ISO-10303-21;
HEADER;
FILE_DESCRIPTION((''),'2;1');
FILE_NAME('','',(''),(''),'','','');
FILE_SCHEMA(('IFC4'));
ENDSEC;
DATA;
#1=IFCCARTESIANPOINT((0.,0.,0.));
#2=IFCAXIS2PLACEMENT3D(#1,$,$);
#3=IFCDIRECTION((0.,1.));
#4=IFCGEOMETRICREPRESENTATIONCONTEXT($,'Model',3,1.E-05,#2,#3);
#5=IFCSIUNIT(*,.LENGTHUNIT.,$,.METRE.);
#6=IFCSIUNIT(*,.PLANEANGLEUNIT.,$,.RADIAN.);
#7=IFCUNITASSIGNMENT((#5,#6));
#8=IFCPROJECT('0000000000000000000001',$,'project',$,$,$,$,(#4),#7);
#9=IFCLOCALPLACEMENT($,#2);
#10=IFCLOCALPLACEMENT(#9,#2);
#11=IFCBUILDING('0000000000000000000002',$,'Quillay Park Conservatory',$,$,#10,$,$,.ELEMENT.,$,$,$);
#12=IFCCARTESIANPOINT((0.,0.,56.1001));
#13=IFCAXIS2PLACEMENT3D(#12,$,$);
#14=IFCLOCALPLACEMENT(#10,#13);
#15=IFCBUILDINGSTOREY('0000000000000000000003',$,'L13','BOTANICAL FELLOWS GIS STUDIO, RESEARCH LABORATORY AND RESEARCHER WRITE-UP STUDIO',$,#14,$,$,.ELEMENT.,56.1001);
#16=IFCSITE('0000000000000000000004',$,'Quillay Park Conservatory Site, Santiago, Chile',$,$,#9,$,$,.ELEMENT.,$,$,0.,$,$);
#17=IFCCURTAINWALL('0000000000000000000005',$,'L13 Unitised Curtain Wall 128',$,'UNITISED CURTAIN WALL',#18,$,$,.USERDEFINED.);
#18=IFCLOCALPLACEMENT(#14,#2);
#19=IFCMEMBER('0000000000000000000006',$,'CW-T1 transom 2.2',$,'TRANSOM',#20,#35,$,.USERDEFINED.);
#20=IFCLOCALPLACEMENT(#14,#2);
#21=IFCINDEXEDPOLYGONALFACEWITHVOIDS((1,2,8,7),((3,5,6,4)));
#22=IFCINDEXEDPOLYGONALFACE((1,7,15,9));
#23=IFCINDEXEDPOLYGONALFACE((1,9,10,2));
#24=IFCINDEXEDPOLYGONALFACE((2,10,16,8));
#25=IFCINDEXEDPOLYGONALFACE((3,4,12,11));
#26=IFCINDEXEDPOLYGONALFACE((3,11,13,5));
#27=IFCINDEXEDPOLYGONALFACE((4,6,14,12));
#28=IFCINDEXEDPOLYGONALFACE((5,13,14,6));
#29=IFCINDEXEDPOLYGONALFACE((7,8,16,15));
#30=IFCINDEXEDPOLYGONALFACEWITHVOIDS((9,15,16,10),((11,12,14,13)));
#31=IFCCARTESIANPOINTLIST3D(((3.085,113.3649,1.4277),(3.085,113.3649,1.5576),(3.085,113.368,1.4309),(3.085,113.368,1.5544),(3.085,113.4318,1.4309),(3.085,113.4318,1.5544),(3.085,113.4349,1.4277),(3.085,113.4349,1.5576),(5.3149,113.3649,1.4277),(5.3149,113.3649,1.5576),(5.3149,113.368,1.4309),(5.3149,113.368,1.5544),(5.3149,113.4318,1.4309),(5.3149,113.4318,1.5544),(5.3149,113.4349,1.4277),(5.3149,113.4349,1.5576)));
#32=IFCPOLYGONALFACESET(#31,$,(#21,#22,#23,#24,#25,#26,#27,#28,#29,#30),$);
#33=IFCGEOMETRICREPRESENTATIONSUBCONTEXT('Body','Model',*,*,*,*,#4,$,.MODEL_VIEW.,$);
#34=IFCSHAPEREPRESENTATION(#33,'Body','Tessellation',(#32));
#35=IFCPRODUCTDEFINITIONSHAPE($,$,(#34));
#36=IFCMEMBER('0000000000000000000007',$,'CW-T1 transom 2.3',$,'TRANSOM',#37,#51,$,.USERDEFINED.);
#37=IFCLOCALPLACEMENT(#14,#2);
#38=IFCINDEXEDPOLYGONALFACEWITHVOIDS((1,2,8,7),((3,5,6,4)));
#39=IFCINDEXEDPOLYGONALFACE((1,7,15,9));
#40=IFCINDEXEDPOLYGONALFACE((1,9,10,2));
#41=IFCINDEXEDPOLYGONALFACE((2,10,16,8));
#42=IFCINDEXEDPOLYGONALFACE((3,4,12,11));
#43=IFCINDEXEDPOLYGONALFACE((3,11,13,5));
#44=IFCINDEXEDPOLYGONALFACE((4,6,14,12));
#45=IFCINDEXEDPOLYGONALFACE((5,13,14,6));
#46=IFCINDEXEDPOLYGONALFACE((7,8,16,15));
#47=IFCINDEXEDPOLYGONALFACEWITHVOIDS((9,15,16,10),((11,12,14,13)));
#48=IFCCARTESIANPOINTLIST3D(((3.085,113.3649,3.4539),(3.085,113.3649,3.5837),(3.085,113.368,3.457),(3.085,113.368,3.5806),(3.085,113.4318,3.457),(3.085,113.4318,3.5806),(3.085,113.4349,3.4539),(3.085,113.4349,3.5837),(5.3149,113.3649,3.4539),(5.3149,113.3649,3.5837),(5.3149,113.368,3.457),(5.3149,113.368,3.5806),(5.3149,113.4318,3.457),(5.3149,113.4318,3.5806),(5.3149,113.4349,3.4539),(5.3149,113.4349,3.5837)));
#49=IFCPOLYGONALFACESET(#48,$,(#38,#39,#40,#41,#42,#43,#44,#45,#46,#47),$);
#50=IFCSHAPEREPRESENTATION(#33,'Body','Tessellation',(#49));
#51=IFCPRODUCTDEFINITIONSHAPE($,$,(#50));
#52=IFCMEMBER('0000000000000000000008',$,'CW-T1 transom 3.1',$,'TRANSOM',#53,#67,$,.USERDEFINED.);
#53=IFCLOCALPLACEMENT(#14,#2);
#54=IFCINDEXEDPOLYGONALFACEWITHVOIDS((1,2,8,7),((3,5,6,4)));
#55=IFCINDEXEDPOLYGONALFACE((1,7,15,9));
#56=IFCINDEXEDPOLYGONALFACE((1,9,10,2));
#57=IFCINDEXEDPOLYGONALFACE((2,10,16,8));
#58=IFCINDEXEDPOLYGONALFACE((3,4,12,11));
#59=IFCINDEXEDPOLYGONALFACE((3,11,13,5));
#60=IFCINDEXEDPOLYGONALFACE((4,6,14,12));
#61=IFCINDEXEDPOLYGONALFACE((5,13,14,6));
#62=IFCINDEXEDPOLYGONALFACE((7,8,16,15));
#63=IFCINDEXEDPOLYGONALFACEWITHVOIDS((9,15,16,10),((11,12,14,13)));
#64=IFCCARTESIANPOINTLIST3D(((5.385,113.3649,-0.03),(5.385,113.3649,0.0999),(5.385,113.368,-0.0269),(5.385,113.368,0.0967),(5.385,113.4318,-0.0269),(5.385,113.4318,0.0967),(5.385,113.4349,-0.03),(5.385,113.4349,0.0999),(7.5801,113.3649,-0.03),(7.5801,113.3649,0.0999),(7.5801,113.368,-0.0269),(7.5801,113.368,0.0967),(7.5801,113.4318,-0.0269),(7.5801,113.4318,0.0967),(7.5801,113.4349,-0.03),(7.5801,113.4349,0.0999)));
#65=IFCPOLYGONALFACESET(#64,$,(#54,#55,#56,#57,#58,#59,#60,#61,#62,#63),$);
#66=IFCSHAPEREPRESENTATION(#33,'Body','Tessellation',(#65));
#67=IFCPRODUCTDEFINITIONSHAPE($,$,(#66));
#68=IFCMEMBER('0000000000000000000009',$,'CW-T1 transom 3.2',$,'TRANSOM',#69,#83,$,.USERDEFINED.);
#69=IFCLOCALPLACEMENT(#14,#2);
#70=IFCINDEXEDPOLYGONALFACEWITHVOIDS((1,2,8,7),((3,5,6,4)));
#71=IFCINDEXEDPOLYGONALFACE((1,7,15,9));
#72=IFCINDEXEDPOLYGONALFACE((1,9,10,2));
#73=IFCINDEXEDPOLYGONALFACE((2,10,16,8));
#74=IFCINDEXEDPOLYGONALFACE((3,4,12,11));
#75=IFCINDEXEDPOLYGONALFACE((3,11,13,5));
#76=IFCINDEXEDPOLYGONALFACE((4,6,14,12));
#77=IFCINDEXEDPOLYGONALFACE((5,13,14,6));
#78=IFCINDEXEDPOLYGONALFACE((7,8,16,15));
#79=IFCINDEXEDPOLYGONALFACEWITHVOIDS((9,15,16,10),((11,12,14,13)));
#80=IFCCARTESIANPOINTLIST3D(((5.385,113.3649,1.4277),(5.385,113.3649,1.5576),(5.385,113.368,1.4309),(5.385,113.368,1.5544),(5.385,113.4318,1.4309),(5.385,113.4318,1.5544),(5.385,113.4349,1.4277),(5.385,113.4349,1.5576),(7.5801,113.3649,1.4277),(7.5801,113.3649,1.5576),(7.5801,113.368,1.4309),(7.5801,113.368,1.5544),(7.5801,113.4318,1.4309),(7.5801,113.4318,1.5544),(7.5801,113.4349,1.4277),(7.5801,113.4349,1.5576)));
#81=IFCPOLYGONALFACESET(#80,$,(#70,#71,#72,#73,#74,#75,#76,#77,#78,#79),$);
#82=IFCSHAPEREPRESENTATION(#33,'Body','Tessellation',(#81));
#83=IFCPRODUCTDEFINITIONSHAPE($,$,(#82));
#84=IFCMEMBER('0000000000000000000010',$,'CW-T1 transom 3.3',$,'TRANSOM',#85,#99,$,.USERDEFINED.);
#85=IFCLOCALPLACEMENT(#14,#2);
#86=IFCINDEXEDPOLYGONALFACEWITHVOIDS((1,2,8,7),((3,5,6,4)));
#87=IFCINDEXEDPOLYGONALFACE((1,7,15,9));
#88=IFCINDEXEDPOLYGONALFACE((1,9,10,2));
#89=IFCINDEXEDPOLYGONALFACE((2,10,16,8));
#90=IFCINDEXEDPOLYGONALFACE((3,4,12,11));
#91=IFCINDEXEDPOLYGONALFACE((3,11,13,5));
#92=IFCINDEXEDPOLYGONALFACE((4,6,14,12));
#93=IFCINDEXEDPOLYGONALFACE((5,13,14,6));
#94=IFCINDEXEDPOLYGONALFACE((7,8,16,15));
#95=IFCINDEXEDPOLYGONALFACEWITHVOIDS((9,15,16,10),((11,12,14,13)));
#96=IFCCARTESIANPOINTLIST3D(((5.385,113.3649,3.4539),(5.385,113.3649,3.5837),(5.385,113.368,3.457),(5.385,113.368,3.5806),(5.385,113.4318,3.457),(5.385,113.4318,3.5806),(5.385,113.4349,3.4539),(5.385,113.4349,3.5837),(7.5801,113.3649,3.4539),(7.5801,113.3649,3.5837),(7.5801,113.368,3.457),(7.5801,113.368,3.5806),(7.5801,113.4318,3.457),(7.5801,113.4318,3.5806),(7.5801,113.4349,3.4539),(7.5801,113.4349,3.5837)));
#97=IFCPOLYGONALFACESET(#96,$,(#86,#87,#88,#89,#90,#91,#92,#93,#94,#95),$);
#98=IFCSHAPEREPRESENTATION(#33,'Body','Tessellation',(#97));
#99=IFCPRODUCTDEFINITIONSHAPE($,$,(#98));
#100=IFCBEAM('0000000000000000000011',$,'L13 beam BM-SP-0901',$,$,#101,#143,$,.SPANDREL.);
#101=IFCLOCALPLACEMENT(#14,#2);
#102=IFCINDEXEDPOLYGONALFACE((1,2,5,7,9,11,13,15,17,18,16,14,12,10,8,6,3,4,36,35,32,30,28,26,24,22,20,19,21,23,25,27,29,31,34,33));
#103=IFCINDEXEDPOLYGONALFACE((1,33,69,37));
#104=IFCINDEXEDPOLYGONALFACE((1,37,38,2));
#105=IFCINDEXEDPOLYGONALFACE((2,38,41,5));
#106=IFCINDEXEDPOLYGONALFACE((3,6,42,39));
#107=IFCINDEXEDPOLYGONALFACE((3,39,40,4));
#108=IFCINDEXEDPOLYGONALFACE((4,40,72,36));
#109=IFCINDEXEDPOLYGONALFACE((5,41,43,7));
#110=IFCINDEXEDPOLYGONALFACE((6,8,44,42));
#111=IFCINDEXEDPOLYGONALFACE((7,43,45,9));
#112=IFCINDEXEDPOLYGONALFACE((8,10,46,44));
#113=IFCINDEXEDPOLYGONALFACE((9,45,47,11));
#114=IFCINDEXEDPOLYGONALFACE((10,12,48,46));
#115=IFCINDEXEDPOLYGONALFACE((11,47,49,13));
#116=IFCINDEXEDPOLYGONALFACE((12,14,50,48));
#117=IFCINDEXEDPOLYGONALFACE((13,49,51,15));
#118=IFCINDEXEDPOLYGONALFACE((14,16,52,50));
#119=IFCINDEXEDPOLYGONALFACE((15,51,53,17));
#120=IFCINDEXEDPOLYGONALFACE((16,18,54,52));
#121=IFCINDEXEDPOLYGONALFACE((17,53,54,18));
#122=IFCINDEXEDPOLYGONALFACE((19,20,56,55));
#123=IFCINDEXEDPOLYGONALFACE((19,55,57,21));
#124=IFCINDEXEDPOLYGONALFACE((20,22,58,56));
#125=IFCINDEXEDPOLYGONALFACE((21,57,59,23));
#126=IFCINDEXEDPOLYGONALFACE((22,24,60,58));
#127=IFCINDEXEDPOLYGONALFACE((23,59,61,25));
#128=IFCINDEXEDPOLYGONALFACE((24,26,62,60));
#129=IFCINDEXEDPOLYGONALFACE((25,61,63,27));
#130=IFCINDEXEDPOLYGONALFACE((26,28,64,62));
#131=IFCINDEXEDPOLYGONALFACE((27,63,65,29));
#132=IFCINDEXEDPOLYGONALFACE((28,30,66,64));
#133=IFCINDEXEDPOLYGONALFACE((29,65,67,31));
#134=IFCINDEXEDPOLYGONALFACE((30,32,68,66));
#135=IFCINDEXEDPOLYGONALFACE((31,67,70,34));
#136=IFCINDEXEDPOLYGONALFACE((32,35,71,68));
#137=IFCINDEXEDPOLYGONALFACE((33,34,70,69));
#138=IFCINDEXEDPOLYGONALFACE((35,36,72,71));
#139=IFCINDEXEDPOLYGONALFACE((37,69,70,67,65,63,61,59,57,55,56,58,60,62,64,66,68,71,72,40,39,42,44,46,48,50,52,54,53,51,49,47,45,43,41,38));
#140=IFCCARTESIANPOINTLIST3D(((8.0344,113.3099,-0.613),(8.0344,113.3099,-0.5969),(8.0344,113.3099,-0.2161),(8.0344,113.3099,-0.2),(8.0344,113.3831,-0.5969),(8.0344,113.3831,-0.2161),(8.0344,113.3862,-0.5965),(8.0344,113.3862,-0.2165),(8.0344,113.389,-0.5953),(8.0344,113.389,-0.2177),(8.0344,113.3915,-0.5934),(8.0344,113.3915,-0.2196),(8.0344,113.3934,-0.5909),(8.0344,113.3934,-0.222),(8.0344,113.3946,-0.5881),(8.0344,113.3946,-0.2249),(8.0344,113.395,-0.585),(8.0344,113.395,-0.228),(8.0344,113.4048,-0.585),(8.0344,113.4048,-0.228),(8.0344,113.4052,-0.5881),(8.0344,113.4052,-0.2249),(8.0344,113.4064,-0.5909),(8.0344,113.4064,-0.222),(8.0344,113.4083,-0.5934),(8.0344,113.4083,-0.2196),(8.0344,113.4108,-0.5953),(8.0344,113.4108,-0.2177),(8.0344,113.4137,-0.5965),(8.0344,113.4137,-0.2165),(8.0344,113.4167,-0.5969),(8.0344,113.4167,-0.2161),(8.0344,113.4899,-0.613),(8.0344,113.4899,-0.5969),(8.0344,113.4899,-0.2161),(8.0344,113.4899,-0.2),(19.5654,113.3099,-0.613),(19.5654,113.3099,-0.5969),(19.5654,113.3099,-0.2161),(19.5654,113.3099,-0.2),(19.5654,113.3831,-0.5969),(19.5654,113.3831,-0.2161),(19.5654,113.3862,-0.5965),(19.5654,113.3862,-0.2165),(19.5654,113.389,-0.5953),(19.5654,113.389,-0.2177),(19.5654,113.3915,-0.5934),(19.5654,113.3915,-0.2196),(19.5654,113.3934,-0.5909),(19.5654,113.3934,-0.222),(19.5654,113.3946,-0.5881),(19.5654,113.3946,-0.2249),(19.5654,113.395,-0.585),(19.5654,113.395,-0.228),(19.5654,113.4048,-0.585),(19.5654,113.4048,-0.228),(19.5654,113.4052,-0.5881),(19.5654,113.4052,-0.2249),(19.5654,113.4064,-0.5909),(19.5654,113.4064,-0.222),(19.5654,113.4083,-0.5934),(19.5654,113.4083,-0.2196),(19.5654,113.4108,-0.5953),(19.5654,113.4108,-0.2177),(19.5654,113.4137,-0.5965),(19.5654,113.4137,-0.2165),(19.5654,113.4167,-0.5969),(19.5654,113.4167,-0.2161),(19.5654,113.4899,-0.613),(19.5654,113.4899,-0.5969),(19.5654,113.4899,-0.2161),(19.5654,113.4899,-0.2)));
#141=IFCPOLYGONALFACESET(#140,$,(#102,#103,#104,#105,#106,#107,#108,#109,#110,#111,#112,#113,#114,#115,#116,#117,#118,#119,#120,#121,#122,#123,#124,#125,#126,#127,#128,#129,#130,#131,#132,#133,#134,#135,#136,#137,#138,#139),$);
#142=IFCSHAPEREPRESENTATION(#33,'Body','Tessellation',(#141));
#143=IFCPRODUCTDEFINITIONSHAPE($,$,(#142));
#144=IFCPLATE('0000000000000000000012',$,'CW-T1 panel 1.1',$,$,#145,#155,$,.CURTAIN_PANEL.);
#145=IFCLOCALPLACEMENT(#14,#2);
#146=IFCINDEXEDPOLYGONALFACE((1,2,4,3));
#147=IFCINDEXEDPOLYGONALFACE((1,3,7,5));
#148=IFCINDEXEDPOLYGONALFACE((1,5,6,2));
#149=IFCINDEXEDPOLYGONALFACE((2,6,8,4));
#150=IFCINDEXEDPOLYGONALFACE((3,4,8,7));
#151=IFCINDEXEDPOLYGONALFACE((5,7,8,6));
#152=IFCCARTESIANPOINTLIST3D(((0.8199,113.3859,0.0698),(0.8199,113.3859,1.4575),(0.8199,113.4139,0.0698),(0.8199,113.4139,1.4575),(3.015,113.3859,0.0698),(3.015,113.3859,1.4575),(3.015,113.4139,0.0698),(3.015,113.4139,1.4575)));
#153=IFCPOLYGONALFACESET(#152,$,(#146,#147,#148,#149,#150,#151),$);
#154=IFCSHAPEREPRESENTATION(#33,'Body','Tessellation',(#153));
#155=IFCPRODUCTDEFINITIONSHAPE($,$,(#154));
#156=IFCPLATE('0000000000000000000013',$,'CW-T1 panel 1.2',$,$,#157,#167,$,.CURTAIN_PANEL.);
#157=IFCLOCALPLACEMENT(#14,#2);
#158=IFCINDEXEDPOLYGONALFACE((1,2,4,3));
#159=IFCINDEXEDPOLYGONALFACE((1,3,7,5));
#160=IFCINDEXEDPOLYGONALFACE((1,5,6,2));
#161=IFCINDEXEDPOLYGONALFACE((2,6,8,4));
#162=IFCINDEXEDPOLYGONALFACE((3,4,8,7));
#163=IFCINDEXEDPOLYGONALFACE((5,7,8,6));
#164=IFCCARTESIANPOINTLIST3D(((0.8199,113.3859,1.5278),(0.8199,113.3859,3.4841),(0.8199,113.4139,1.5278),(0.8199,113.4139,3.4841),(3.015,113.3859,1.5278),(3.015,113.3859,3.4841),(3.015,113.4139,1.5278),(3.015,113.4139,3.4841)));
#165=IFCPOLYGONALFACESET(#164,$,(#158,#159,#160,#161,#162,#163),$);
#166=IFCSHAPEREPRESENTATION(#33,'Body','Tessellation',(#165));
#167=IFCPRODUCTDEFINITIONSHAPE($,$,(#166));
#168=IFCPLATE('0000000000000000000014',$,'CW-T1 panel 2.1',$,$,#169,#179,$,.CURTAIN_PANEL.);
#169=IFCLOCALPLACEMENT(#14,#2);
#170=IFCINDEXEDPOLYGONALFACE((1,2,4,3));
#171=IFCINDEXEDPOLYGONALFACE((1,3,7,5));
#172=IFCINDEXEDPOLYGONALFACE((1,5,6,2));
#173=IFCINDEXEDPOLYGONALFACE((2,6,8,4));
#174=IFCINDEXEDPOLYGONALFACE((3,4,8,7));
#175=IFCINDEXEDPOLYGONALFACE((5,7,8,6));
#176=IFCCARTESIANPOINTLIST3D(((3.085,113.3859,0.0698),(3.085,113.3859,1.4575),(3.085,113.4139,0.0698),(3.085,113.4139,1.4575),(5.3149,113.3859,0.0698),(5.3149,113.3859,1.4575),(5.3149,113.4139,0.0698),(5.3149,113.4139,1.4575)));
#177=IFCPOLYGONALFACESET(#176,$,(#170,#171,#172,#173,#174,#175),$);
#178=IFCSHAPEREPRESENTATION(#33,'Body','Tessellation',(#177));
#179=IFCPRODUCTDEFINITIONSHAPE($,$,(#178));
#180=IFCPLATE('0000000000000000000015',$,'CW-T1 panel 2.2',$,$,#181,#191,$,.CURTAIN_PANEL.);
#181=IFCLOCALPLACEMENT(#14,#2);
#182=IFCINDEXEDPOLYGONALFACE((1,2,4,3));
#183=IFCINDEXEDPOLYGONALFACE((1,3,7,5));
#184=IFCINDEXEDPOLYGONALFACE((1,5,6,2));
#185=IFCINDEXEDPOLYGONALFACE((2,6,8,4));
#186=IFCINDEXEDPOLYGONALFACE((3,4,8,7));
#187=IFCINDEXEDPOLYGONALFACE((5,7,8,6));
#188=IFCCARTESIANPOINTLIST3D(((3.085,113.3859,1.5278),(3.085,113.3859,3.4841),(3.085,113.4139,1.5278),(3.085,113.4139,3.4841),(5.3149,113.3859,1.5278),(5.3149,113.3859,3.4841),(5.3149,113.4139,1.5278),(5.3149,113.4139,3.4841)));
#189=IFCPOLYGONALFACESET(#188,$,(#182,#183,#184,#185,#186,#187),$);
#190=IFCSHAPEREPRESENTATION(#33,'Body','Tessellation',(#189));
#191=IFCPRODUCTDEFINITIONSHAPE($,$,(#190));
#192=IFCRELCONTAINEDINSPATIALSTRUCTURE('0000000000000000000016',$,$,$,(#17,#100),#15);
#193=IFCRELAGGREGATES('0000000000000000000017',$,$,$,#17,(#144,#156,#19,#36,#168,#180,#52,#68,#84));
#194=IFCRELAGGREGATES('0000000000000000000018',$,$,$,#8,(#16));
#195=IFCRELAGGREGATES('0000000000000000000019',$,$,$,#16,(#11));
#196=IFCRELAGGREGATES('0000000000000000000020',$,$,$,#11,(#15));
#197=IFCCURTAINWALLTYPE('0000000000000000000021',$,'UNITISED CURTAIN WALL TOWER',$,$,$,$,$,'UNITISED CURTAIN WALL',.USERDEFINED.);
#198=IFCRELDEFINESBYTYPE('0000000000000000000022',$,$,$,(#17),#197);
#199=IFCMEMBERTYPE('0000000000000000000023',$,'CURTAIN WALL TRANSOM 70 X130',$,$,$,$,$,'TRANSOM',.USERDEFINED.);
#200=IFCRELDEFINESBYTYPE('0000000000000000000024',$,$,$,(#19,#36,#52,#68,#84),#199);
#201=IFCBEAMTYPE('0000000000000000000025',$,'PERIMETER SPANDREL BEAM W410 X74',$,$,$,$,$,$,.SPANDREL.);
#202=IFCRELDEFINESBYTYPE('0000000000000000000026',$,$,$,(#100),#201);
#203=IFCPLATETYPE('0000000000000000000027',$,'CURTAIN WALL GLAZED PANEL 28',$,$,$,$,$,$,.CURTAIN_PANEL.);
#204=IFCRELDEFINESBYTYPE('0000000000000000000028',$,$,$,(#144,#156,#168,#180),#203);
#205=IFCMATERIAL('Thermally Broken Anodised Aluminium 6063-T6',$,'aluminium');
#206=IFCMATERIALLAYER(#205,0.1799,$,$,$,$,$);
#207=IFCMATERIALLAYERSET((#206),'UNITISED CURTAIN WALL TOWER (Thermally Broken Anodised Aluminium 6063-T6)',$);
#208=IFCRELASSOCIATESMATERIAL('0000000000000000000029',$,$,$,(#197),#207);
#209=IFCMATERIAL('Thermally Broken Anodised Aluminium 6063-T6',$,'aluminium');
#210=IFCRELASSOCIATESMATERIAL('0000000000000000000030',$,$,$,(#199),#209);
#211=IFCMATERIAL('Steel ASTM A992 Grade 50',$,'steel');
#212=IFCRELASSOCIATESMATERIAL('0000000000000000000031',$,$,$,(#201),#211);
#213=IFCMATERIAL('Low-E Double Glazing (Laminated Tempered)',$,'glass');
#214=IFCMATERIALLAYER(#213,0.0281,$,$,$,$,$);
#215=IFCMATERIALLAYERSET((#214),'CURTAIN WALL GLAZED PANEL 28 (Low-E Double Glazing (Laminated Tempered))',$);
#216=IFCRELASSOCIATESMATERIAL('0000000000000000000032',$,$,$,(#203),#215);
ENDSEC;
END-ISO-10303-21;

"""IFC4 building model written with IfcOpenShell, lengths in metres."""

from ifc_helpers import new_model, si_unit, direction, frame, origin, origin_2d, place, context, subcontext, project, spatial, rectangle, hollow_rectangle, i_section, extrude, material, layer, layer_set, material_profile, profile_set, type_object, element, aggregate, save


model = new_model("IFC4")

# Units and contexts
model_context = context("Model", 3, precision=1e-05, world=origin(), true_north=direction((0.0, 1.0)))
body_context = subcontext(model_context, "Body", "Model", "MODEL_VIEW")
ifc_project = project(units=[si_unit("LENGTHUNIT", "METRE"), si_unit("PLANEANGLEUNIT", "RADIAN")], contexts=[model_context])

# Site, building, storey
site_placement = place(None, origin())
site = spatial("IfcSite", under=ifc_project, at=site_placement, Name="Quillay Park Conservatory Site, Santiago, Chile", CompositionType="ELEMENT", RefElevation=0.0)
building_placement = place(site_placement, origin())
building = spatial("IfcBuilding", under=site, at=building_placement, Name="Quillay Park Conservatory", CompositionType="ELEMENT")
storey_placement = place(building_placement, frame((0.0, 0.0, 56.1001)))
storey = spatial("IfcBuildingStorey", under=building, at=storey_placement, Name="L13", Description="BOTANICAL FELLOWS GIS STUDIO, RESEARCH LABORATORY AND RESEARCHER WRITE-UP STUDIO", CompositionType="ELEMENT", Elevation=56.1001)

# Curtain wall
ifc_material_1 = material(Name="Thermally Broken Anodised Aluminium 6063-T6", Category="aluminium")
ifc_layer_1 = layer(ifc_material_1, 0.1799)
ifc_layer_set_1 = layer_set([ifc_layer_1], Name="UNITISED CURTAIN WALL TOWER (Thermally Broken Anodised Aluminium 6063-T6)")
curtain_wall_type = type_object("IfcCurtainWallType", Name="UNITISED CURTAIN WALL TOWER", ElementType="UNITISED CURTAIN WALL", PredefinedType="USERDEFINED", material=ifc_layer_set_1)
curtain_wall_1_placement = place(storey_placement, origin())
curtain_wall_1 = element("IfcCurtainWall", 1, at=curtain_wall_1_placement, inside=storey, type_object=curtain_wall_type, Name="L13 Unitised Curtain Wall 128", ObjectType="UNITISED CURTAIN WALL", PredefinedType="USERDEFINED")

# Members
ifc_material_2 = material(Name="Thermally Broken Anodised Aluminium 6063-T6", Category="aluminium")
ifc_material_profile_1 = material_profile(ifc_material_2, hollow_rectangle(XDim=0.0701, YDim=0.1299, WallThickness=0.0032, at=origin_2d()), Name="AL70x130x3.2")
ifc_profile_set_1 = profile_set([ifc_material_profile_1], Name="Thermally Broken Anodised Aluminium 6063-T6")
member_type_1 = type_object("IfcMemberType", Name="CURTAIN WALL TRANSOM 70 X130", ElementType="TRANSOM", PredefinedType="USERDEFINED", material=ifc_profile_set_1)
member_1_placement = place(storey_placement, frame((3.085, 113.3999, 1.4927), z_axis=(1.0, 0.0, 0.0), x_axis=(0.0, 1.0, 0.0)))
member_1 = element("IfcMember", 2, at=member_1_placement, type_object=member_type_1, Name="CW-T1 transom 2.2", ObjectType="TRANSOM", PredefinedType="USERDEFINED", context=body_context, shape_type="SweptSolid", body=[
    extrude(hollow_rectangle(XDim=0.0701, YDim=0.1299, WallThickness=0.0032, at=origin_2d()), origin(), (0.0, 0.0, 1.0), 2.23),
])
member_2_placement = place(storey_placement, frame((3.085, 113.3999, 3.5188), z_axis=(1.0, 0.0, 0.0), x_axis=(0.0, 1.0, 0.0)))
member_2 = element("IfcMember", 3, at=member_2_placement, type_object=member_type_1, Name="CW-T1 transom 2.3", ObjectType="TRANSOM", PredefinedType="USERDEFINED", context=body_context, shape_type="SweptSolid", body=[
    extrude(hollow_rectangle(XDim=0.0701, YDim=0.1299, WallThickness=0.0032, at=origin_2d()), origin(), (0.0, 0.0, 1.0), 2.23),
])
member_3_placement = place(storey_placement, frame((5.385, 113.3999, 0.0349), z_axis=(1.0, 0.0, 0.0), x_axis=(0.0, 1.0, 0.0)))
member_3 = element("IfcMember", 4, at=member_3_placement, type_object=member_type_1, Name="CW-T1 transom 3.1", ObjectType="TRANSOM", PredefinedType="USERDEFINED", context=body_context, shape_type="SweptSolid", body=[
    extrude(hollow_rectangle(XDim=0.0701, YDim=0.1299, WallThickness=0.0032, at=origin_2d()), origin(), (0.0, 0.0, 1.0), 2.1951),
])
member_4_placement = place(storey_placement, frame((5.385, 113.3999, 1.4927), z_axis=(1.0, 0.0, 0.0), x_axis=(0.0, 1.0, 0.0)))
member_4 = element("IfcMember", 5, at=member_4_placement, type_object=member_type_1, Name="CW-T1 transom 3.2", ObjectType="TRANSOM", PredefinedType="USERDEFINED", context=body_context, shape_type="SweptSolid", body=[
    extrude(hollow_rectangle(XDim=0.0701, YDim=0.1299, WallThickness=0.0032, at=origin_2d()), origin(), (0.0, 0.0, 1.0), 2.1951),
])
member_5_placement = place(storey_placement, frame((5.385, 113.3999, 3.5188), z_axis=(1.0, 0.0, 0.0), x_axis=(0.0, 1.0, 0.0)))
member_5 = element("IfcMember", 6, at=member_5_placement, type_object=member_type_1, Name="CW-T1 transom 3.3", ObjectType="TRANSOM", PredefinedType="USERDEFINED", context=body_context, shape_type="SweptSolid", body=[
    extrude(hollow_rectangle(XDim=0.0701, YDim=0.1299, WallThickness=0.0032, at=origin_2d()), origin(), (0.0, 0.0, 1.0), 2.1951),
])

# Beam
ifc_material_3 = material(Name="Steel ASTM A992 Grade 50", Category="steel")
ifc_material_profile_2 = material_profile(ifc_material_3, i_section(OverallWidth=0.1799, OverallDepth=0.4131, WebThickness=0.0098, FlangeThickness=0.0161, FilletRadius=0.012, at=origin_2d()), Name="W410x74")
ifc_profile_set_2 = profile_set([ifc_material_profile_2], Name="Steel ASTM A992 Grade 50")
beam_type = type_object("IfcBeamType", Name="PERIMETER SPANDREL BEAM W410 X74", PredefinedType="SPANDREL", material=ifc_profile_set_2)
beam_placement = place(storey_placement, frame((8.0344, 113.3999, -0.4065), z_axis=(1.0, 0.0, 0.0), x_axis=(0.0, 1.0, 0.0)))
element("IfcBeam", 7, at=beam_placement, inside=storey, type_object=beam_type, Name="L13 beam BM-SP-0901", PredefinedType="SPANDREL", context=body_context, shape_type="SweptSolid", body=[
    extrude(i_section(OverallWidth=0.1799, OverallDepth=0.4131, WebThickness=0.0098, FlangeThickness=0.0161, FilletRadius=0.012, at=origin_2d()), origin(), (0.0, 0.0, 1.0), 11.531),
])

# Plates
ifc_material_4 = material(Name="Low-E Double Glazing (Laminated Tempered)", Category="glass")
ifc_layer_2 = layer(ifc_material_4, 0.0281)
ifc_layer_set_2 = layer_set([ifc_layer_2], Name="CURTAIN WALL GLAZED PANEL 28 (Low-E Double Glazing (Laminated Tempered))")
plate_type = type_object("IfcPlateType", Name="CURTAIN WALL GLAZED PANEL 28", PredefinedType="CURTAIN_PANEL", material=ifc_layer_set_2)
plate_1_placement = place(storey_placement, frame((1.9175, 113.3999, 0.0698), z_axis=(0.0, 0.0, 1.0), x_axis=(1.0, 0.0, 0.0)))
plate_1 = element("IfcPlate", 8, at=plate_1_placement, type_object=plate_type, Name="CW-T1 panel 1.1", PredefinedType="CURTAIN_PANEL", context=body_context, shape_type="SweptSolid", body=[
    extrude(rectangle(XDim=2.1951, YDim=0.0281, at=origin_2d()), origin(), (0.0, 0.0, 1.0), 1.3877),
])
plate_2_placement = place(storey_placement, frame((1.9175, 113.3999, 1.5278), z_axis=(0.0, 0.0, 1.0), x_axis=(1.0, 0.0, 0.0)))
plate_2 = element("IfcPlate", 9, at=plate_2_placement, type_object=plate_type, Name="CW-T1 panel 1.2", PredefinedType="CURTAIN_PANEL", context=body_context, shape_type="SweptSolid", body=[
    extrude(rectangle(XDim=2.1951, YDim=0.0281, at=origin_2d()), origin(), (0.0, 0.0, 1.0), 1.9563),
])
plate_3_placement = place(storey_placement, frame((4.2, 113.3999, 0.0698), z_axis=(0.0, 0.0, 1.0), x_axis=(1.0, 0.0, 0.0)))
plate_3 = element("IfcPlate", 10, at=plate_3_placement, type_object=plate_type, Name="CW-T1 panel 2.1", PredefinedType="CURTAIN_PANEL", context=body_context, shape_type="SweptSolid", body=[
    extrude(rectangle(XDim=2.23, YDim=0.0281, at=origin_2d()), origin(), (0.0, 0.0, 1.0), 1.3877),
])
plate_4_placement = place(storey_placement, frame((4.2, 113.3999, 1.5278), z_axis=(0.0, 0.0, 1.0), x_axis=(1.0, 0.0, 0.0)))
plate_4 = element("IfcPlate", 11, at=plate_4_placement, type_object=plate_type, Name="CW-T1 panel 2.2", PredefinedType="CURTAIN_PANEL", context=body_context, shape_type="SweptSolid", body=[
    extrude(rectangle(XDim=2.23, YDim=0.0281, at=origin_2d()), origin(), (0.0, 0.0, 1.0), 1.9563),
])
aggregate(curtain_wall_1, [plate_1, plate_2, member_1, member_2, plate_3, plate_4, member_3, member_4, member_5])

save(model, "model.ifc")
